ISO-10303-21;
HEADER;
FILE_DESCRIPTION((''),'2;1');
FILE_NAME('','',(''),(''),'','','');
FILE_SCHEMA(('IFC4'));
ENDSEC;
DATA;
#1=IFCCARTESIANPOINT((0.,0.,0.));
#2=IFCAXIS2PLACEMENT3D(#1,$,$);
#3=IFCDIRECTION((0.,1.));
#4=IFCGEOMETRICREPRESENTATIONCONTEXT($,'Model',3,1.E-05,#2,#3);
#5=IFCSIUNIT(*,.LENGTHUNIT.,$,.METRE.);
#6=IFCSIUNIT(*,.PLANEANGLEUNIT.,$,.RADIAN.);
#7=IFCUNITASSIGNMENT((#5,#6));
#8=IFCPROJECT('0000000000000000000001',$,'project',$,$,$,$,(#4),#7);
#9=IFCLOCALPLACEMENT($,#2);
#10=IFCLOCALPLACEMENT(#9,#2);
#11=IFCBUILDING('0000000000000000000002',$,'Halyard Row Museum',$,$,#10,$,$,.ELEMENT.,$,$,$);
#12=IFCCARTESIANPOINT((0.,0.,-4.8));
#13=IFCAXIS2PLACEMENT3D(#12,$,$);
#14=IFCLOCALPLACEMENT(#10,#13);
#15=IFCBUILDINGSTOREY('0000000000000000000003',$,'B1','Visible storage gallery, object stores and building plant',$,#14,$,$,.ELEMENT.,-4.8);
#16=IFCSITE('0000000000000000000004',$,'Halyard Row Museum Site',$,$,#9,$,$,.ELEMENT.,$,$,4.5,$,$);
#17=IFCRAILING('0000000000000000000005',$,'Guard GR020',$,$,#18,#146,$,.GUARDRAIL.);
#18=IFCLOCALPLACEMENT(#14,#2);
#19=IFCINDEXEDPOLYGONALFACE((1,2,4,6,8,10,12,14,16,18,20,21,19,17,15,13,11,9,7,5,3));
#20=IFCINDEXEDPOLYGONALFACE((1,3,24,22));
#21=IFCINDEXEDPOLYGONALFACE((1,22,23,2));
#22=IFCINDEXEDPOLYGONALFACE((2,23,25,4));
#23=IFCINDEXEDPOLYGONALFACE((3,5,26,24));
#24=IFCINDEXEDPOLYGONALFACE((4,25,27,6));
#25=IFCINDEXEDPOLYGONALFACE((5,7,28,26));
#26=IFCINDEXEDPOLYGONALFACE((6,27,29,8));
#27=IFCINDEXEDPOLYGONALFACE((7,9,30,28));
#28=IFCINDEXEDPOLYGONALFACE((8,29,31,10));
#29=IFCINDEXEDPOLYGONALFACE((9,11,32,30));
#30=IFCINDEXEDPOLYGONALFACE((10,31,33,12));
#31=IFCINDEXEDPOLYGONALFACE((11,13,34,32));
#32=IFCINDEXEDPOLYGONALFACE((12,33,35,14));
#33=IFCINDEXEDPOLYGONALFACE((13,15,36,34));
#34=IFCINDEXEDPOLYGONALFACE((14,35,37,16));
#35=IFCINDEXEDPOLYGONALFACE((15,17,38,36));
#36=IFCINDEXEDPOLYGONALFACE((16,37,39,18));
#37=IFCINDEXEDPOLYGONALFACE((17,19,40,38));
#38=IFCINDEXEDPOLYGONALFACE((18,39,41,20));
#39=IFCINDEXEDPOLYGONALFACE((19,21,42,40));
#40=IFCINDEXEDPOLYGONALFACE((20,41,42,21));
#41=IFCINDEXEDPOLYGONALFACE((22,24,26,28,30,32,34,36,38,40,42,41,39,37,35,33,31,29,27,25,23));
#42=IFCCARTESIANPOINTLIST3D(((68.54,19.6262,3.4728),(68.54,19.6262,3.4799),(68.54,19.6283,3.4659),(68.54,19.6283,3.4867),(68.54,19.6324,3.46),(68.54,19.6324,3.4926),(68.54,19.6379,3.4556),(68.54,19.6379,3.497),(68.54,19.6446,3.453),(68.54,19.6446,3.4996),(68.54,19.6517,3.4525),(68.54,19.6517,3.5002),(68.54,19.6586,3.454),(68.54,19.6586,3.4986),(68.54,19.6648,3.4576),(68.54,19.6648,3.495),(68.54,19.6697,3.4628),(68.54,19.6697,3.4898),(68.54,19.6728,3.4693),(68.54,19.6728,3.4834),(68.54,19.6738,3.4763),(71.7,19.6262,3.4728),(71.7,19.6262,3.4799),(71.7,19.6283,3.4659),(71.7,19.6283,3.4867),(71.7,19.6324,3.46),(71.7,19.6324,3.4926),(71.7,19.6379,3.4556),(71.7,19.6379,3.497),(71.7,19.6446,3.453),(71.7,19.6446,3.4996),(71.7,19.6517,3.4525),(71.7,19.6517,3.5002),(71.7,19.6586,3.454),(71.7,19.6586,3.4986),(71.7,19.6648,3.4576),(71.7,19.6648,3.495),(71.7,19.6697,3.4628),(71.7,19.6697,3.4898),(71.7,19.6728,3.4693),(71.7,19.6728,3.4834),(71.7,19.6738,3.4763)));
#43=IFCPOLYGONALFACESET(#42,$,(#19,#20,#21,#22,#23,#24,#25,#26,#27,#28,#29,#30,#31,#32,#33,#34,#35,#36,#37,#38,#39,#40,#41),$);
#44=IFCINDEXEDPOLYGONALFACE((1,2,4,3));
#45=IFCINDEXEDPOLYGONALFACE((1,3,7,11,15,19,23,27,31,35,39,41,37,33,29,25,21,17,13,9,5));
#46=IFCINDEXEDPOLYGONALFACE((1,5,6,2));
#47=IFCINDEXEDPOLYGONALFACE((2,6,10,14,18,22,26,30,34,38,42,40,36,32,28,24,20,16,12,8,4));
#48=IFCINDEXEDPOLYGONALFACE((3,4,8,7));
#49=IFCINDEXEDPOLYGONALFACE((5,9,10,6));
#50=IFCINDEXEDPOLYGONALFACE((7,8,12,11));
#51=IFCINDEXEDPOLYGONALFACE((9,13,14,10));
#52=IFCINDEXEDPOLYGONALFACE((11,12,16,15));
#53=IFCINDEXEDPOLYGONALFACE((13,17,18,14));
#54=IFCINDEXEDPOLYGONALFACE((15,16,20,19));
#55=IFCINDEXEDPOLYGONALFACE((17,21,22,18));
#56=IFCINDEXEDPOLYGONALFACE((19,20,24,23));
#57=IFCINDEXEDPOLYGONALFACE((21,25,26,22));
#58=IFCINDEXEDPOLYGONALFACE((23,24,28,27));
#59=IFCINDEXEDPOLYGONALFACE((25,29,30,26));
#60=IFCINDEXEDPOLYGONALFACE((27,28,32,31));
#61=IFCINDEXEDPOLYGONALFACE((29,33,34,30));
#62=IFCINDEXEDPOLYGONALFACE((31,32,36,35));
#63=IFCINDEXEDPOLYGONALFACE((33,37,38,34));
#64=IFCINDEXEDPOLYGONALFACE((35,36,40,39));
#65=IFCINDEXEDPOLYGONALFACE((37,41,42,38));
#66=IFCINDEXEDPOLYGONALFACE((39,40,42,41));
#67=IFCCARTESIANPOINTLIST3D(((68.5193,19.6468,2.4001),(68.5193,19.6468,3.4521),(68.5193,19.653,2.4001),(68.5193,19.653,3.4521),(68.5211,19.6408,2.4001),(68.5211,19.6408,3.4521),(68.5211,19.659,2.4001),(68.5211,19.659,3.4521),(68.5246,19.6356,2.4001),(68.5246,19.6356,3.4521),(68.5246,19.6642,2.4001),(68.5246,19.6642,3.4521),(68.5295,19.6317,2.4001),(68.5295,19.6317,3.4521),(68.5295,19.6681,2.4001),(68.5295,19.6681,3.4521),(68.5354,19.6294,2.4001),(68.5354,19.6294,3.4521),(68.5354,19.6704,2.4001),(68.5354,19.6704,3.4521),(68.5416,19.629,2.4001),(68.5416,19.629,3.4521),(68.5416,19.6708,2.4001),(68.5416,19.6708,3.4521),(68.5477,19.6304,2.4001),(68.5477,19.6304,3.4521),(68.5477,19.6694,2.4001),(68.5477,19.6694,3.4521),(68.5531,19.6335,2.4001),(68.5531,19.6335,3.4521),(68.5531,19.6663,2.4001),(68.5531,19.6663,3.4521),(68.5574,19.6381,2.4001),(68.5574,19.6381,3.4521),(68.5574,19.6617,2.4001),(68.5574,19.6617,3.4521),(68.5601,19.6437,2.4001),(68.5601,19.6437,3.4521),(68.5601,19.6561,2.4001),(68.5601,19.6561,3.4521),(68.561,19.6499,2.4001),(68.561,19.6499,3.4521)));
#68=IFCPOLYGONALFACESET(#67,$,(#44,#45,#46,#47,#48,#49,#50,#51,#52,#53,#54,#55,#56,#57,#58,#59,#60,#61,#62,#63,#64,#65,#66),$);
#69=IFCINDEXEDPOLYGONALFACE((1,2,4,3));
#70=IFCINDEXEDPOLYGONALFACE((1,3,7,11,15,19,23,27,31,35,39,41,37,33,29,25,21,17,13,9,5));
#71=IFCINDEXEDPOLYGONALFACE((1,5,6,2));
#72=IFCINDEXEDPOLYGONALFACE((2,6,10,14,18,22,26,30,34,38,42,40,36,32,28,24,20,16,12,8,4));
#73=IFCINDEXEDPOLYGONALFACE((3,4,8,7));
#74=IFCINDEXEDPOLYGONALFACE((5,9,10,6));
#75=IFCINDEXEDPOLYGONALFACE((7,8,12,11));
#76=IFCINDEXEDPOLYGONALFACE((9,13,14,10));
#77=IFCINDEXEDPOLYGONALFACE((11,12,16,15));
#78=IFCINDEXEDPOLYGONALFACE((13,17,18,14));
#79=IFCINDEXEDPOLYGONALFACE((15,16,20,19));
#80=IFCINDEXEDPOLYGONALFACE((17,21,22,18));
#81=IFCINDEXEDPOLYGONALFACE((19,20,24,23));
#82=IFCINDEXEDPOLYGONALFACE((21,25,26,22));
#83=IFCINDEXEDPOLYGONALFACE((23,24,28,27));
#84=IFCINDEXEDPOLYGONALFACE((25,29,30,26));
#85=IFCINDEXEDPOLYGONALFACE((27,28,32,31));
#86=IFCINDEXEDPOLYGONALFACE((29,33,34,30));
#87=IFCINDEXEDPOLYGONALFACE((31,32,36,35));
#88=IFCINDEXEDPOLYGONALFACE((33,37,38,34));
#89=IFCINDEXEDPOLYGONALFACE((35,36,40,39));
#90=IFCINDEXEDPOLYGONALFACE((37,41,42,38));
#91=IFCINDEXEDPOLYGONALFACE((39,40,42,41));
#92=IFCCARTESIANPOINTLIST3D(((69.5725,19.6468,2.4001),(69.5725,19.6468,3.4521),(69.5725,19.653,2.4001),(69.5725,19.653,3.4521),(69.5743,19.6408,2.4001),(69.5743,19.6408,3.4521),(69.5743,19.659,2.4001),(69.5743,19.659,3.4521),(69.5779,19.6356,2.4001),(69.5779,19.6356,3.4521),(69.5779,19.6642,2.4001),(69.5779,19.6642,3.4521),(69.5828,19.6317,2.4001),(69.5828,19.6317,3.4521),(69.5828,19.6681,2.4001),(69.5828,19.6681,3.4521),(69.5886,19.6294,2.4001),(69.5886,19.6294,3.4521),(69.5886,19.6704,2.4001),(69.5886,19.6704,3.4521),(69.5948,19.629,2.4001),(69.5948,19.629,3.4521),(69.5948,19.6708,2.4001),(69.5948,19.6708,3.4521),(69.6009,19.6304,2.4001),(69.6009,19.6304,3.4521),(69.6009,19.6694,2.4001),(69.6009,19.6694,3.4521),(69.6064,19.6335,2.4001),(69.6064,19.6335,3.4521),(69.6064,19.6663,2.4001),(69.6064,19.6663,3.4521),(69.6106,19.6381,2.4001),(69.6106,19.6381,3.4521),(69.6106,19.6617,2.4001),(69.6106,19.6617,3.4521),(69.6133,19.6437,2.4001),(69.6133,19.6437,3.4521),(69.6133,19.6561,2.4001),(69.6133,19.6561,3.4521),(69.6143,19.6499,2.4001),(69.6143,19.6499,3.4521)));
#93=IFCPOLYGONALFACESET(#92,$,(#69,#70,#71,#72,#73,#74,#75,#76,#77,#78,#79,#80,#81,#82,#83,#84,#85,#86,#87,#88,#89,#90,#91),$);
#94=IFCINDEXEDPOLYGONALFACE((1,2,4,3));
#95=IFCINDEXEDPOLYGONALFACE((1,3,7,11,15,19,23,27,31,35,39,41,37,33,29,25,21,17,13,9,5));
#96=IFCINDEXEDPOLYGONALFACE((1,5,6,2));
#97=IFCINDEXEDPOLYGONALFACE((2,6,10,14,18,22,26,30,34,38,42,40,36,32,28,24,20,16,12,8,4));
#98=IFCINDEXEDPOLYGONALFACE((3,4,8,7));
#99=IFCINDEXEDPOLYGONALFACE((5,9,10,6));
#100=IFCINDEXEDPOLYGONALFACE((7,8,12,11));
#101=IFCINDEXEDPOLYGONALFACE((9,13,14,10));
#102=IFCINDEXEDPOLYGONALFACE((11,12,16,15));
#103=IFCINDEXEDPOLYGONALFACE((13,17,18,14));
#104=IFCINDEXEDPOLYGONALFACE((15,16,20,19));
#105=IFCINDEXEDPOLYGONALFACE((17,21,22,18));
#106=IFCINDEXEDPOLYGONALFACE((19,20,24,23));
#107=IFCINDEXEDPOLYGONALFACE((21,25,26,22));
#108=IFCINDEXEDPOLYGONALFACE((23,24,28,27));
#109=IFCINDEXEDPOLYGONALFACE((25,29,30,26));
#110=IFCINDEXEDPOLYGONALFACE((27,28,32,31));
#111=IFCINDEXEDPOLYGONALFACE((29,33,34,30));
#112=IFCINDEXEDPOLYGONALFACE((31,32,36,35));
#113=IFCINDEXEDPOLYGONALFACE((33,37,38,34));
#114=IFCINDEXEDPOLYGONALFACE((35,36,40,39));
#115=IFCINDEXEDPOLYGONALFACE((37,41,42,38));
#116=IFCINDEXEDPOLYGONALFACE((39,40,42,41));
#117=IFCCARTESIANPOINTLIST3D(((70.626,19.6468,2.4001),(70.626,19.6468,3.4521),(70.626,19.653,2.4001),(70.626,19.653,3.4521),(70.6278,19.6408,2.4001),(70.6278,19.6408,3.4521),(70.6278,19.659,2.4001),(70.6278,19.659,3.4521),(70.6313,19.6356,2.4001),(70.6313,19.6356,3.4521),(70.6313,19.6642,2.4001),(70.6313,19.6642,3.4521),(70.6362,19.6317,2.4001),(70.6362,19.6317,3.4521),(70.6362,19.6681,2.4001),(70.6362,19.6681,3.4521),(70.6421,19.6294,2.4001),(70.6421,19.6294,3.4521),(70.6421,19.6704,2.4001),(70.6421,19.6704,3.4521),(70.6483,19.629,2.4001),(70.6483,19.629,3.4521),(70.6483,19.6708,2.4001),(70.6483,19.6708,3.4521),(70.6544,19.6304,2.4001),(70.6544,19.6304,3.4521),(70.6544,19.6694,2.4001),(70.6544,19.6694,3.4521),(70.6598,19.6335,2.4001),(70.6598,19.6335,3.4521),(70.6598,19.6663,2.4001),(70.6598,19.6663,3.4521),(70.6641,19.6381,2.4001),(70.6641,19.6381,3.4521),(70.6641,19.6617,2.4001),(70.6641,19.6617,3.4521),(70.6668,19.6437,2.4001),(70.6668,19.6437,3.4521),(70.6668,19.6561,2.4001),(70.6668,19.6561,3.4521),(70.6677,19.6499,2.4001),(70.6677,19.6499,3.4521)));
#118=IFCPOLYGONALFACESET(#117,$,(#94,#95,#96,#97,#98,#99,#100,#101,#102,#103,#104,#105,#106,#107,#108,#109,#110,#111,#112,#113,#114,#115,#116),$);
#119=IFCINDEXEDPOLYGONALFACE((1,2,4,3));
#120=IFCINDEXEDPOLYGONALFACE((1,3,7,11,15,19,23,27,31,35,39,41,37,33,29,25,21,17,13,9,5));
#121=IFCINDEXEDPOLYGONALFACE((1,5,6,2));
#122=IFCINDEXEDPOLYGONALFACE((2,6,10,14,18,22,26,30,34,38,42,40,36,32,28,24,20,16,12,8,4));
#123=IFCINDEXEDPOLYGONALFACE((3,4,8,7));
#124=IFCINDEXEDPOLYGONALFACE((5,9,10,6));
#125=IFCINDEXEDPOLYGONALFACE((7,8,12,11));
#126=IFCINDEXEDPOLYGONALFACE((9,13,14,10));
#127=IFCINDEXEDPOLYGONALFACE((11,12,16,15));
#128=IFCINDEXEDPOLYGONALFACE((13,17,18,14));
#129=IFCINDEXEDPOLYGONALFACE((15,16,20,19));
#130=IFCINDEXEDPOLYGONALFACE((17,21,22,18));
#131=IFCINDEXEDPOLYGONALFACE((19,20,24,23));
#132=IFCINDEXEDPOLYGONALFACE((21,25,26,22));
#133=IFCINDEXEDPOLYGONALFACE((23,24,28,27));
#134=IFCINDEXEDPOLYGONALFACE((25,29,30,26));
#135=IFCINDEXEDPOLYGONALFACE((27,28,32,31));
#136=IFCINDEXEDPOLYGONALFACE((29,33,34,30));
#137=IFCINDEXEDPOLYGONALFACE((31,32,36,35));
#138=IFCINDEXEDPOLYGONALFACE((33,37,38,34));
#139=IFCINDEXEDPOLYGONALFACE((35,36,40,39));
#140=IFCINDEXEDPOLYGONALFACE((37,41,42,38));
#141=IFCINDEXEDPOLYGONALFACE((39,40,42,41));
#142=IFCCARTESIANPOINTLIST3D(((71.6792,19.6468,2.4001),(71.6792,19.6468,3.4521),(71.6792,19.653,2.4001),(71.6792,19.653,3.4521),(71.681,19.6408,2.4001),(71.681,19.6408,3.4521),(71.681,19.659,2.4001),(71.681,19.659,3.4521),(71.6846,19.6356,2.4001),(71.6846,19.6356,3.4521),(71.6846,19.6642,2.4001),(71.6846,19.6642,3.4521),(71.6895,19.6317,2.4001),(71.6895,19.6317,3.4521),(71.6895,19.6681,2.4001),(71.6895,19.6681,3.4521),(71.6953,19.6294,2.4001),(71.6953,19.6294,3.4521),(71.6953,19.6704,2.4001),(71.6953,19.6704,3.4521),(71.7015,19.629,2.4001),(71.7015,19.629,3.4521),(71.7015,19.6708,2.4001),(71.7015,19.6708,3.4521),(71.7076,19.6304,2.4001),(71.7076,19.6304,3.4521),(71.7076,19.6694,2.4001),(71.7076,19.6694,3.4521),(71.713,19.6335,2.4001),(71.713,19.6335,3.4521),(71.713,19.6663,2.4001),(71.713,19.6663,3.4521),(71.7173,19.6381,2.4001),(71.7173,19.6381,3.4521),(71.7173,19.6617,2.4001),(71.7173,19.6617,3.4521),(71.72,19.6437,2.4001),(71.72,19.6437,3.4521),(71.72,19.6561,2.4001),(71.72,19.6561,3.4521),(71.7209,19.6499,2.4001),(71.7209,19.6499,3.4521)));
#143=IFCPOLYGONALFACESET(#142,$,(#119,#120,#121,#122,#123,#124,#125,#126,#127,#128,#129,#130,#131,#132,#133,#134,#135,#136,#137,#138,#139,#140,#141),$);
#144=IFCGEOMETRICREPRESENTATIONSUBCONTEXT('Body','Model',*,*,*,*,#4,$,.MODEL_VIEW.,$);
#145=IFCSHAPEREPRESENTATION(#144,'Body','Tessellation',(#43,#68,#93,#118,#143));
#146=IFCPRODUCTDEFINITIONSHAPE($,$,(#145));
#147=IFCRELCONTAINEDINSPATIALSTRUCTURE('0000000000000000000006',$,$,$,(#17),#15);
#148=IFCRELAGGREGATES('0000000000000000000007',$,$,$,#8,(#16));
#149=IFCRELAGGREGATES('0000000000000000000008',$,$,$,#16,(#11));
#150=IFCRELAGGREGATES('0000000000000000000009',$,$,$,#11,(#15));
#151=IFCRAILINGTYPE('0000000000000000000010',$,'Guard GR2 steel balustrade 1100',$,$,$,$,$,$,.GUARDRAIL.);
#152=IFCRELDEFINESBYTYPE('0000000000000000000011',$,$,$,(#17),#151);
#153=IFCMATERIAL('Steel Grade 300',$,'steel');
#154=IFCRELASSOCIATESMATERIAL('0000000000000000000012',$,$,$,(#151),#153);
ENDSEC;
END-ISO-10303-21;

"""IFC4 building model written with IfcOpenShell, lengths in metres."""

from ifc_helpers import new_model, si_unit, direction, frame, origin, origin_2d, place, context, subcontext, project, spatial, circle, extrude, material, type_object, element, save


model = new_model("IFC4")

# Units and contexts
model_context = context("Model", 3, precision=1e-05, world=origin(), true_north=direction((0.0, 1.0)))
body_context = subcontext(model_context, "Body", "Model", "MODEL_VIEW")
ifc_project = project(units=[si_unit("LENGTHUNIT", "METRE"), si_unit("PLANEANGLEUNIT", "RADIAN")], contexts=[model_context])

# Site, building, storey
site_placement = place(None, origin())
site = spatial("IfcSite", under=ifc_project, at=site_placement, Name="Halyard Row Museum Site", CompositionType="ELEMENT", RefElevation=4.5)
building_placement = place(site_placement, origin())
building = spatial("IfcBuilding", under=site, at=building_placement, Name="Halyard Row Museum", CompositionType="ELEMENT")
storey_placement = place(building_placement, frame((0.0, 0.0, -4.8)))
storey = spatial("IfcBuildingStorey", under=building, at=storey_placement, Name="B1", Description="Visible storage gallery, object stores and building plant", CompositionType="ELEMENT", Elevation=-4.8)

# Railing
ifc_material_1 = material(Name="Steel Grade 300", Category="steel")
railing_type_1 = type_object("IfcRailingType", Name="Guard GR2 steel balustrade 1100", PredefinedType="GUARDRAIL", material=ifc_material_1)
railing_1_placement = place(storey_placement, frame((68.54, 19.6499, 2.4001)))
element("IfcRailing", 1, at=railing_1_placement, inside=storey, type_object=railing_type_1, Name="Guard GR020", PredefinedType="GUARDRAIL", context=body_context, shape_type="SweptSolid", body=[
    extrude(circle(Radius=0.0239, at=origin_2d()), frame((0.0, 0.0, 1.0762), z_axis=(1.0, 0.0, 0.0), x_axis=(0.0, 1.0, 0.0)), (0.0, 0.0, 1.0), 3.1599),
    extrude(circle(Radius=0.021, at=origin_2d()), origin(), (0.0, 0.0, 1.0), 1.052),
    extrude(circle(Radius=0.021, at=origin_2d()), frame((1.0532, 0.0, 0.0)), (0.0, 0.0, 1.0), 1.052),
    extrude(circle(Radius=0.021, at=origin_2d()), frame((2.1067, 0.0, 0.0)), (0.0, 0.0, 1.0), 1.052),
    extrude(circle(Radius=0.021, at=origin_2d()), frame((3.1599, 0.0, 0.0)), (0.0, 0.0, 1.0), 1.052),
])

save(model, "model.ifc")
